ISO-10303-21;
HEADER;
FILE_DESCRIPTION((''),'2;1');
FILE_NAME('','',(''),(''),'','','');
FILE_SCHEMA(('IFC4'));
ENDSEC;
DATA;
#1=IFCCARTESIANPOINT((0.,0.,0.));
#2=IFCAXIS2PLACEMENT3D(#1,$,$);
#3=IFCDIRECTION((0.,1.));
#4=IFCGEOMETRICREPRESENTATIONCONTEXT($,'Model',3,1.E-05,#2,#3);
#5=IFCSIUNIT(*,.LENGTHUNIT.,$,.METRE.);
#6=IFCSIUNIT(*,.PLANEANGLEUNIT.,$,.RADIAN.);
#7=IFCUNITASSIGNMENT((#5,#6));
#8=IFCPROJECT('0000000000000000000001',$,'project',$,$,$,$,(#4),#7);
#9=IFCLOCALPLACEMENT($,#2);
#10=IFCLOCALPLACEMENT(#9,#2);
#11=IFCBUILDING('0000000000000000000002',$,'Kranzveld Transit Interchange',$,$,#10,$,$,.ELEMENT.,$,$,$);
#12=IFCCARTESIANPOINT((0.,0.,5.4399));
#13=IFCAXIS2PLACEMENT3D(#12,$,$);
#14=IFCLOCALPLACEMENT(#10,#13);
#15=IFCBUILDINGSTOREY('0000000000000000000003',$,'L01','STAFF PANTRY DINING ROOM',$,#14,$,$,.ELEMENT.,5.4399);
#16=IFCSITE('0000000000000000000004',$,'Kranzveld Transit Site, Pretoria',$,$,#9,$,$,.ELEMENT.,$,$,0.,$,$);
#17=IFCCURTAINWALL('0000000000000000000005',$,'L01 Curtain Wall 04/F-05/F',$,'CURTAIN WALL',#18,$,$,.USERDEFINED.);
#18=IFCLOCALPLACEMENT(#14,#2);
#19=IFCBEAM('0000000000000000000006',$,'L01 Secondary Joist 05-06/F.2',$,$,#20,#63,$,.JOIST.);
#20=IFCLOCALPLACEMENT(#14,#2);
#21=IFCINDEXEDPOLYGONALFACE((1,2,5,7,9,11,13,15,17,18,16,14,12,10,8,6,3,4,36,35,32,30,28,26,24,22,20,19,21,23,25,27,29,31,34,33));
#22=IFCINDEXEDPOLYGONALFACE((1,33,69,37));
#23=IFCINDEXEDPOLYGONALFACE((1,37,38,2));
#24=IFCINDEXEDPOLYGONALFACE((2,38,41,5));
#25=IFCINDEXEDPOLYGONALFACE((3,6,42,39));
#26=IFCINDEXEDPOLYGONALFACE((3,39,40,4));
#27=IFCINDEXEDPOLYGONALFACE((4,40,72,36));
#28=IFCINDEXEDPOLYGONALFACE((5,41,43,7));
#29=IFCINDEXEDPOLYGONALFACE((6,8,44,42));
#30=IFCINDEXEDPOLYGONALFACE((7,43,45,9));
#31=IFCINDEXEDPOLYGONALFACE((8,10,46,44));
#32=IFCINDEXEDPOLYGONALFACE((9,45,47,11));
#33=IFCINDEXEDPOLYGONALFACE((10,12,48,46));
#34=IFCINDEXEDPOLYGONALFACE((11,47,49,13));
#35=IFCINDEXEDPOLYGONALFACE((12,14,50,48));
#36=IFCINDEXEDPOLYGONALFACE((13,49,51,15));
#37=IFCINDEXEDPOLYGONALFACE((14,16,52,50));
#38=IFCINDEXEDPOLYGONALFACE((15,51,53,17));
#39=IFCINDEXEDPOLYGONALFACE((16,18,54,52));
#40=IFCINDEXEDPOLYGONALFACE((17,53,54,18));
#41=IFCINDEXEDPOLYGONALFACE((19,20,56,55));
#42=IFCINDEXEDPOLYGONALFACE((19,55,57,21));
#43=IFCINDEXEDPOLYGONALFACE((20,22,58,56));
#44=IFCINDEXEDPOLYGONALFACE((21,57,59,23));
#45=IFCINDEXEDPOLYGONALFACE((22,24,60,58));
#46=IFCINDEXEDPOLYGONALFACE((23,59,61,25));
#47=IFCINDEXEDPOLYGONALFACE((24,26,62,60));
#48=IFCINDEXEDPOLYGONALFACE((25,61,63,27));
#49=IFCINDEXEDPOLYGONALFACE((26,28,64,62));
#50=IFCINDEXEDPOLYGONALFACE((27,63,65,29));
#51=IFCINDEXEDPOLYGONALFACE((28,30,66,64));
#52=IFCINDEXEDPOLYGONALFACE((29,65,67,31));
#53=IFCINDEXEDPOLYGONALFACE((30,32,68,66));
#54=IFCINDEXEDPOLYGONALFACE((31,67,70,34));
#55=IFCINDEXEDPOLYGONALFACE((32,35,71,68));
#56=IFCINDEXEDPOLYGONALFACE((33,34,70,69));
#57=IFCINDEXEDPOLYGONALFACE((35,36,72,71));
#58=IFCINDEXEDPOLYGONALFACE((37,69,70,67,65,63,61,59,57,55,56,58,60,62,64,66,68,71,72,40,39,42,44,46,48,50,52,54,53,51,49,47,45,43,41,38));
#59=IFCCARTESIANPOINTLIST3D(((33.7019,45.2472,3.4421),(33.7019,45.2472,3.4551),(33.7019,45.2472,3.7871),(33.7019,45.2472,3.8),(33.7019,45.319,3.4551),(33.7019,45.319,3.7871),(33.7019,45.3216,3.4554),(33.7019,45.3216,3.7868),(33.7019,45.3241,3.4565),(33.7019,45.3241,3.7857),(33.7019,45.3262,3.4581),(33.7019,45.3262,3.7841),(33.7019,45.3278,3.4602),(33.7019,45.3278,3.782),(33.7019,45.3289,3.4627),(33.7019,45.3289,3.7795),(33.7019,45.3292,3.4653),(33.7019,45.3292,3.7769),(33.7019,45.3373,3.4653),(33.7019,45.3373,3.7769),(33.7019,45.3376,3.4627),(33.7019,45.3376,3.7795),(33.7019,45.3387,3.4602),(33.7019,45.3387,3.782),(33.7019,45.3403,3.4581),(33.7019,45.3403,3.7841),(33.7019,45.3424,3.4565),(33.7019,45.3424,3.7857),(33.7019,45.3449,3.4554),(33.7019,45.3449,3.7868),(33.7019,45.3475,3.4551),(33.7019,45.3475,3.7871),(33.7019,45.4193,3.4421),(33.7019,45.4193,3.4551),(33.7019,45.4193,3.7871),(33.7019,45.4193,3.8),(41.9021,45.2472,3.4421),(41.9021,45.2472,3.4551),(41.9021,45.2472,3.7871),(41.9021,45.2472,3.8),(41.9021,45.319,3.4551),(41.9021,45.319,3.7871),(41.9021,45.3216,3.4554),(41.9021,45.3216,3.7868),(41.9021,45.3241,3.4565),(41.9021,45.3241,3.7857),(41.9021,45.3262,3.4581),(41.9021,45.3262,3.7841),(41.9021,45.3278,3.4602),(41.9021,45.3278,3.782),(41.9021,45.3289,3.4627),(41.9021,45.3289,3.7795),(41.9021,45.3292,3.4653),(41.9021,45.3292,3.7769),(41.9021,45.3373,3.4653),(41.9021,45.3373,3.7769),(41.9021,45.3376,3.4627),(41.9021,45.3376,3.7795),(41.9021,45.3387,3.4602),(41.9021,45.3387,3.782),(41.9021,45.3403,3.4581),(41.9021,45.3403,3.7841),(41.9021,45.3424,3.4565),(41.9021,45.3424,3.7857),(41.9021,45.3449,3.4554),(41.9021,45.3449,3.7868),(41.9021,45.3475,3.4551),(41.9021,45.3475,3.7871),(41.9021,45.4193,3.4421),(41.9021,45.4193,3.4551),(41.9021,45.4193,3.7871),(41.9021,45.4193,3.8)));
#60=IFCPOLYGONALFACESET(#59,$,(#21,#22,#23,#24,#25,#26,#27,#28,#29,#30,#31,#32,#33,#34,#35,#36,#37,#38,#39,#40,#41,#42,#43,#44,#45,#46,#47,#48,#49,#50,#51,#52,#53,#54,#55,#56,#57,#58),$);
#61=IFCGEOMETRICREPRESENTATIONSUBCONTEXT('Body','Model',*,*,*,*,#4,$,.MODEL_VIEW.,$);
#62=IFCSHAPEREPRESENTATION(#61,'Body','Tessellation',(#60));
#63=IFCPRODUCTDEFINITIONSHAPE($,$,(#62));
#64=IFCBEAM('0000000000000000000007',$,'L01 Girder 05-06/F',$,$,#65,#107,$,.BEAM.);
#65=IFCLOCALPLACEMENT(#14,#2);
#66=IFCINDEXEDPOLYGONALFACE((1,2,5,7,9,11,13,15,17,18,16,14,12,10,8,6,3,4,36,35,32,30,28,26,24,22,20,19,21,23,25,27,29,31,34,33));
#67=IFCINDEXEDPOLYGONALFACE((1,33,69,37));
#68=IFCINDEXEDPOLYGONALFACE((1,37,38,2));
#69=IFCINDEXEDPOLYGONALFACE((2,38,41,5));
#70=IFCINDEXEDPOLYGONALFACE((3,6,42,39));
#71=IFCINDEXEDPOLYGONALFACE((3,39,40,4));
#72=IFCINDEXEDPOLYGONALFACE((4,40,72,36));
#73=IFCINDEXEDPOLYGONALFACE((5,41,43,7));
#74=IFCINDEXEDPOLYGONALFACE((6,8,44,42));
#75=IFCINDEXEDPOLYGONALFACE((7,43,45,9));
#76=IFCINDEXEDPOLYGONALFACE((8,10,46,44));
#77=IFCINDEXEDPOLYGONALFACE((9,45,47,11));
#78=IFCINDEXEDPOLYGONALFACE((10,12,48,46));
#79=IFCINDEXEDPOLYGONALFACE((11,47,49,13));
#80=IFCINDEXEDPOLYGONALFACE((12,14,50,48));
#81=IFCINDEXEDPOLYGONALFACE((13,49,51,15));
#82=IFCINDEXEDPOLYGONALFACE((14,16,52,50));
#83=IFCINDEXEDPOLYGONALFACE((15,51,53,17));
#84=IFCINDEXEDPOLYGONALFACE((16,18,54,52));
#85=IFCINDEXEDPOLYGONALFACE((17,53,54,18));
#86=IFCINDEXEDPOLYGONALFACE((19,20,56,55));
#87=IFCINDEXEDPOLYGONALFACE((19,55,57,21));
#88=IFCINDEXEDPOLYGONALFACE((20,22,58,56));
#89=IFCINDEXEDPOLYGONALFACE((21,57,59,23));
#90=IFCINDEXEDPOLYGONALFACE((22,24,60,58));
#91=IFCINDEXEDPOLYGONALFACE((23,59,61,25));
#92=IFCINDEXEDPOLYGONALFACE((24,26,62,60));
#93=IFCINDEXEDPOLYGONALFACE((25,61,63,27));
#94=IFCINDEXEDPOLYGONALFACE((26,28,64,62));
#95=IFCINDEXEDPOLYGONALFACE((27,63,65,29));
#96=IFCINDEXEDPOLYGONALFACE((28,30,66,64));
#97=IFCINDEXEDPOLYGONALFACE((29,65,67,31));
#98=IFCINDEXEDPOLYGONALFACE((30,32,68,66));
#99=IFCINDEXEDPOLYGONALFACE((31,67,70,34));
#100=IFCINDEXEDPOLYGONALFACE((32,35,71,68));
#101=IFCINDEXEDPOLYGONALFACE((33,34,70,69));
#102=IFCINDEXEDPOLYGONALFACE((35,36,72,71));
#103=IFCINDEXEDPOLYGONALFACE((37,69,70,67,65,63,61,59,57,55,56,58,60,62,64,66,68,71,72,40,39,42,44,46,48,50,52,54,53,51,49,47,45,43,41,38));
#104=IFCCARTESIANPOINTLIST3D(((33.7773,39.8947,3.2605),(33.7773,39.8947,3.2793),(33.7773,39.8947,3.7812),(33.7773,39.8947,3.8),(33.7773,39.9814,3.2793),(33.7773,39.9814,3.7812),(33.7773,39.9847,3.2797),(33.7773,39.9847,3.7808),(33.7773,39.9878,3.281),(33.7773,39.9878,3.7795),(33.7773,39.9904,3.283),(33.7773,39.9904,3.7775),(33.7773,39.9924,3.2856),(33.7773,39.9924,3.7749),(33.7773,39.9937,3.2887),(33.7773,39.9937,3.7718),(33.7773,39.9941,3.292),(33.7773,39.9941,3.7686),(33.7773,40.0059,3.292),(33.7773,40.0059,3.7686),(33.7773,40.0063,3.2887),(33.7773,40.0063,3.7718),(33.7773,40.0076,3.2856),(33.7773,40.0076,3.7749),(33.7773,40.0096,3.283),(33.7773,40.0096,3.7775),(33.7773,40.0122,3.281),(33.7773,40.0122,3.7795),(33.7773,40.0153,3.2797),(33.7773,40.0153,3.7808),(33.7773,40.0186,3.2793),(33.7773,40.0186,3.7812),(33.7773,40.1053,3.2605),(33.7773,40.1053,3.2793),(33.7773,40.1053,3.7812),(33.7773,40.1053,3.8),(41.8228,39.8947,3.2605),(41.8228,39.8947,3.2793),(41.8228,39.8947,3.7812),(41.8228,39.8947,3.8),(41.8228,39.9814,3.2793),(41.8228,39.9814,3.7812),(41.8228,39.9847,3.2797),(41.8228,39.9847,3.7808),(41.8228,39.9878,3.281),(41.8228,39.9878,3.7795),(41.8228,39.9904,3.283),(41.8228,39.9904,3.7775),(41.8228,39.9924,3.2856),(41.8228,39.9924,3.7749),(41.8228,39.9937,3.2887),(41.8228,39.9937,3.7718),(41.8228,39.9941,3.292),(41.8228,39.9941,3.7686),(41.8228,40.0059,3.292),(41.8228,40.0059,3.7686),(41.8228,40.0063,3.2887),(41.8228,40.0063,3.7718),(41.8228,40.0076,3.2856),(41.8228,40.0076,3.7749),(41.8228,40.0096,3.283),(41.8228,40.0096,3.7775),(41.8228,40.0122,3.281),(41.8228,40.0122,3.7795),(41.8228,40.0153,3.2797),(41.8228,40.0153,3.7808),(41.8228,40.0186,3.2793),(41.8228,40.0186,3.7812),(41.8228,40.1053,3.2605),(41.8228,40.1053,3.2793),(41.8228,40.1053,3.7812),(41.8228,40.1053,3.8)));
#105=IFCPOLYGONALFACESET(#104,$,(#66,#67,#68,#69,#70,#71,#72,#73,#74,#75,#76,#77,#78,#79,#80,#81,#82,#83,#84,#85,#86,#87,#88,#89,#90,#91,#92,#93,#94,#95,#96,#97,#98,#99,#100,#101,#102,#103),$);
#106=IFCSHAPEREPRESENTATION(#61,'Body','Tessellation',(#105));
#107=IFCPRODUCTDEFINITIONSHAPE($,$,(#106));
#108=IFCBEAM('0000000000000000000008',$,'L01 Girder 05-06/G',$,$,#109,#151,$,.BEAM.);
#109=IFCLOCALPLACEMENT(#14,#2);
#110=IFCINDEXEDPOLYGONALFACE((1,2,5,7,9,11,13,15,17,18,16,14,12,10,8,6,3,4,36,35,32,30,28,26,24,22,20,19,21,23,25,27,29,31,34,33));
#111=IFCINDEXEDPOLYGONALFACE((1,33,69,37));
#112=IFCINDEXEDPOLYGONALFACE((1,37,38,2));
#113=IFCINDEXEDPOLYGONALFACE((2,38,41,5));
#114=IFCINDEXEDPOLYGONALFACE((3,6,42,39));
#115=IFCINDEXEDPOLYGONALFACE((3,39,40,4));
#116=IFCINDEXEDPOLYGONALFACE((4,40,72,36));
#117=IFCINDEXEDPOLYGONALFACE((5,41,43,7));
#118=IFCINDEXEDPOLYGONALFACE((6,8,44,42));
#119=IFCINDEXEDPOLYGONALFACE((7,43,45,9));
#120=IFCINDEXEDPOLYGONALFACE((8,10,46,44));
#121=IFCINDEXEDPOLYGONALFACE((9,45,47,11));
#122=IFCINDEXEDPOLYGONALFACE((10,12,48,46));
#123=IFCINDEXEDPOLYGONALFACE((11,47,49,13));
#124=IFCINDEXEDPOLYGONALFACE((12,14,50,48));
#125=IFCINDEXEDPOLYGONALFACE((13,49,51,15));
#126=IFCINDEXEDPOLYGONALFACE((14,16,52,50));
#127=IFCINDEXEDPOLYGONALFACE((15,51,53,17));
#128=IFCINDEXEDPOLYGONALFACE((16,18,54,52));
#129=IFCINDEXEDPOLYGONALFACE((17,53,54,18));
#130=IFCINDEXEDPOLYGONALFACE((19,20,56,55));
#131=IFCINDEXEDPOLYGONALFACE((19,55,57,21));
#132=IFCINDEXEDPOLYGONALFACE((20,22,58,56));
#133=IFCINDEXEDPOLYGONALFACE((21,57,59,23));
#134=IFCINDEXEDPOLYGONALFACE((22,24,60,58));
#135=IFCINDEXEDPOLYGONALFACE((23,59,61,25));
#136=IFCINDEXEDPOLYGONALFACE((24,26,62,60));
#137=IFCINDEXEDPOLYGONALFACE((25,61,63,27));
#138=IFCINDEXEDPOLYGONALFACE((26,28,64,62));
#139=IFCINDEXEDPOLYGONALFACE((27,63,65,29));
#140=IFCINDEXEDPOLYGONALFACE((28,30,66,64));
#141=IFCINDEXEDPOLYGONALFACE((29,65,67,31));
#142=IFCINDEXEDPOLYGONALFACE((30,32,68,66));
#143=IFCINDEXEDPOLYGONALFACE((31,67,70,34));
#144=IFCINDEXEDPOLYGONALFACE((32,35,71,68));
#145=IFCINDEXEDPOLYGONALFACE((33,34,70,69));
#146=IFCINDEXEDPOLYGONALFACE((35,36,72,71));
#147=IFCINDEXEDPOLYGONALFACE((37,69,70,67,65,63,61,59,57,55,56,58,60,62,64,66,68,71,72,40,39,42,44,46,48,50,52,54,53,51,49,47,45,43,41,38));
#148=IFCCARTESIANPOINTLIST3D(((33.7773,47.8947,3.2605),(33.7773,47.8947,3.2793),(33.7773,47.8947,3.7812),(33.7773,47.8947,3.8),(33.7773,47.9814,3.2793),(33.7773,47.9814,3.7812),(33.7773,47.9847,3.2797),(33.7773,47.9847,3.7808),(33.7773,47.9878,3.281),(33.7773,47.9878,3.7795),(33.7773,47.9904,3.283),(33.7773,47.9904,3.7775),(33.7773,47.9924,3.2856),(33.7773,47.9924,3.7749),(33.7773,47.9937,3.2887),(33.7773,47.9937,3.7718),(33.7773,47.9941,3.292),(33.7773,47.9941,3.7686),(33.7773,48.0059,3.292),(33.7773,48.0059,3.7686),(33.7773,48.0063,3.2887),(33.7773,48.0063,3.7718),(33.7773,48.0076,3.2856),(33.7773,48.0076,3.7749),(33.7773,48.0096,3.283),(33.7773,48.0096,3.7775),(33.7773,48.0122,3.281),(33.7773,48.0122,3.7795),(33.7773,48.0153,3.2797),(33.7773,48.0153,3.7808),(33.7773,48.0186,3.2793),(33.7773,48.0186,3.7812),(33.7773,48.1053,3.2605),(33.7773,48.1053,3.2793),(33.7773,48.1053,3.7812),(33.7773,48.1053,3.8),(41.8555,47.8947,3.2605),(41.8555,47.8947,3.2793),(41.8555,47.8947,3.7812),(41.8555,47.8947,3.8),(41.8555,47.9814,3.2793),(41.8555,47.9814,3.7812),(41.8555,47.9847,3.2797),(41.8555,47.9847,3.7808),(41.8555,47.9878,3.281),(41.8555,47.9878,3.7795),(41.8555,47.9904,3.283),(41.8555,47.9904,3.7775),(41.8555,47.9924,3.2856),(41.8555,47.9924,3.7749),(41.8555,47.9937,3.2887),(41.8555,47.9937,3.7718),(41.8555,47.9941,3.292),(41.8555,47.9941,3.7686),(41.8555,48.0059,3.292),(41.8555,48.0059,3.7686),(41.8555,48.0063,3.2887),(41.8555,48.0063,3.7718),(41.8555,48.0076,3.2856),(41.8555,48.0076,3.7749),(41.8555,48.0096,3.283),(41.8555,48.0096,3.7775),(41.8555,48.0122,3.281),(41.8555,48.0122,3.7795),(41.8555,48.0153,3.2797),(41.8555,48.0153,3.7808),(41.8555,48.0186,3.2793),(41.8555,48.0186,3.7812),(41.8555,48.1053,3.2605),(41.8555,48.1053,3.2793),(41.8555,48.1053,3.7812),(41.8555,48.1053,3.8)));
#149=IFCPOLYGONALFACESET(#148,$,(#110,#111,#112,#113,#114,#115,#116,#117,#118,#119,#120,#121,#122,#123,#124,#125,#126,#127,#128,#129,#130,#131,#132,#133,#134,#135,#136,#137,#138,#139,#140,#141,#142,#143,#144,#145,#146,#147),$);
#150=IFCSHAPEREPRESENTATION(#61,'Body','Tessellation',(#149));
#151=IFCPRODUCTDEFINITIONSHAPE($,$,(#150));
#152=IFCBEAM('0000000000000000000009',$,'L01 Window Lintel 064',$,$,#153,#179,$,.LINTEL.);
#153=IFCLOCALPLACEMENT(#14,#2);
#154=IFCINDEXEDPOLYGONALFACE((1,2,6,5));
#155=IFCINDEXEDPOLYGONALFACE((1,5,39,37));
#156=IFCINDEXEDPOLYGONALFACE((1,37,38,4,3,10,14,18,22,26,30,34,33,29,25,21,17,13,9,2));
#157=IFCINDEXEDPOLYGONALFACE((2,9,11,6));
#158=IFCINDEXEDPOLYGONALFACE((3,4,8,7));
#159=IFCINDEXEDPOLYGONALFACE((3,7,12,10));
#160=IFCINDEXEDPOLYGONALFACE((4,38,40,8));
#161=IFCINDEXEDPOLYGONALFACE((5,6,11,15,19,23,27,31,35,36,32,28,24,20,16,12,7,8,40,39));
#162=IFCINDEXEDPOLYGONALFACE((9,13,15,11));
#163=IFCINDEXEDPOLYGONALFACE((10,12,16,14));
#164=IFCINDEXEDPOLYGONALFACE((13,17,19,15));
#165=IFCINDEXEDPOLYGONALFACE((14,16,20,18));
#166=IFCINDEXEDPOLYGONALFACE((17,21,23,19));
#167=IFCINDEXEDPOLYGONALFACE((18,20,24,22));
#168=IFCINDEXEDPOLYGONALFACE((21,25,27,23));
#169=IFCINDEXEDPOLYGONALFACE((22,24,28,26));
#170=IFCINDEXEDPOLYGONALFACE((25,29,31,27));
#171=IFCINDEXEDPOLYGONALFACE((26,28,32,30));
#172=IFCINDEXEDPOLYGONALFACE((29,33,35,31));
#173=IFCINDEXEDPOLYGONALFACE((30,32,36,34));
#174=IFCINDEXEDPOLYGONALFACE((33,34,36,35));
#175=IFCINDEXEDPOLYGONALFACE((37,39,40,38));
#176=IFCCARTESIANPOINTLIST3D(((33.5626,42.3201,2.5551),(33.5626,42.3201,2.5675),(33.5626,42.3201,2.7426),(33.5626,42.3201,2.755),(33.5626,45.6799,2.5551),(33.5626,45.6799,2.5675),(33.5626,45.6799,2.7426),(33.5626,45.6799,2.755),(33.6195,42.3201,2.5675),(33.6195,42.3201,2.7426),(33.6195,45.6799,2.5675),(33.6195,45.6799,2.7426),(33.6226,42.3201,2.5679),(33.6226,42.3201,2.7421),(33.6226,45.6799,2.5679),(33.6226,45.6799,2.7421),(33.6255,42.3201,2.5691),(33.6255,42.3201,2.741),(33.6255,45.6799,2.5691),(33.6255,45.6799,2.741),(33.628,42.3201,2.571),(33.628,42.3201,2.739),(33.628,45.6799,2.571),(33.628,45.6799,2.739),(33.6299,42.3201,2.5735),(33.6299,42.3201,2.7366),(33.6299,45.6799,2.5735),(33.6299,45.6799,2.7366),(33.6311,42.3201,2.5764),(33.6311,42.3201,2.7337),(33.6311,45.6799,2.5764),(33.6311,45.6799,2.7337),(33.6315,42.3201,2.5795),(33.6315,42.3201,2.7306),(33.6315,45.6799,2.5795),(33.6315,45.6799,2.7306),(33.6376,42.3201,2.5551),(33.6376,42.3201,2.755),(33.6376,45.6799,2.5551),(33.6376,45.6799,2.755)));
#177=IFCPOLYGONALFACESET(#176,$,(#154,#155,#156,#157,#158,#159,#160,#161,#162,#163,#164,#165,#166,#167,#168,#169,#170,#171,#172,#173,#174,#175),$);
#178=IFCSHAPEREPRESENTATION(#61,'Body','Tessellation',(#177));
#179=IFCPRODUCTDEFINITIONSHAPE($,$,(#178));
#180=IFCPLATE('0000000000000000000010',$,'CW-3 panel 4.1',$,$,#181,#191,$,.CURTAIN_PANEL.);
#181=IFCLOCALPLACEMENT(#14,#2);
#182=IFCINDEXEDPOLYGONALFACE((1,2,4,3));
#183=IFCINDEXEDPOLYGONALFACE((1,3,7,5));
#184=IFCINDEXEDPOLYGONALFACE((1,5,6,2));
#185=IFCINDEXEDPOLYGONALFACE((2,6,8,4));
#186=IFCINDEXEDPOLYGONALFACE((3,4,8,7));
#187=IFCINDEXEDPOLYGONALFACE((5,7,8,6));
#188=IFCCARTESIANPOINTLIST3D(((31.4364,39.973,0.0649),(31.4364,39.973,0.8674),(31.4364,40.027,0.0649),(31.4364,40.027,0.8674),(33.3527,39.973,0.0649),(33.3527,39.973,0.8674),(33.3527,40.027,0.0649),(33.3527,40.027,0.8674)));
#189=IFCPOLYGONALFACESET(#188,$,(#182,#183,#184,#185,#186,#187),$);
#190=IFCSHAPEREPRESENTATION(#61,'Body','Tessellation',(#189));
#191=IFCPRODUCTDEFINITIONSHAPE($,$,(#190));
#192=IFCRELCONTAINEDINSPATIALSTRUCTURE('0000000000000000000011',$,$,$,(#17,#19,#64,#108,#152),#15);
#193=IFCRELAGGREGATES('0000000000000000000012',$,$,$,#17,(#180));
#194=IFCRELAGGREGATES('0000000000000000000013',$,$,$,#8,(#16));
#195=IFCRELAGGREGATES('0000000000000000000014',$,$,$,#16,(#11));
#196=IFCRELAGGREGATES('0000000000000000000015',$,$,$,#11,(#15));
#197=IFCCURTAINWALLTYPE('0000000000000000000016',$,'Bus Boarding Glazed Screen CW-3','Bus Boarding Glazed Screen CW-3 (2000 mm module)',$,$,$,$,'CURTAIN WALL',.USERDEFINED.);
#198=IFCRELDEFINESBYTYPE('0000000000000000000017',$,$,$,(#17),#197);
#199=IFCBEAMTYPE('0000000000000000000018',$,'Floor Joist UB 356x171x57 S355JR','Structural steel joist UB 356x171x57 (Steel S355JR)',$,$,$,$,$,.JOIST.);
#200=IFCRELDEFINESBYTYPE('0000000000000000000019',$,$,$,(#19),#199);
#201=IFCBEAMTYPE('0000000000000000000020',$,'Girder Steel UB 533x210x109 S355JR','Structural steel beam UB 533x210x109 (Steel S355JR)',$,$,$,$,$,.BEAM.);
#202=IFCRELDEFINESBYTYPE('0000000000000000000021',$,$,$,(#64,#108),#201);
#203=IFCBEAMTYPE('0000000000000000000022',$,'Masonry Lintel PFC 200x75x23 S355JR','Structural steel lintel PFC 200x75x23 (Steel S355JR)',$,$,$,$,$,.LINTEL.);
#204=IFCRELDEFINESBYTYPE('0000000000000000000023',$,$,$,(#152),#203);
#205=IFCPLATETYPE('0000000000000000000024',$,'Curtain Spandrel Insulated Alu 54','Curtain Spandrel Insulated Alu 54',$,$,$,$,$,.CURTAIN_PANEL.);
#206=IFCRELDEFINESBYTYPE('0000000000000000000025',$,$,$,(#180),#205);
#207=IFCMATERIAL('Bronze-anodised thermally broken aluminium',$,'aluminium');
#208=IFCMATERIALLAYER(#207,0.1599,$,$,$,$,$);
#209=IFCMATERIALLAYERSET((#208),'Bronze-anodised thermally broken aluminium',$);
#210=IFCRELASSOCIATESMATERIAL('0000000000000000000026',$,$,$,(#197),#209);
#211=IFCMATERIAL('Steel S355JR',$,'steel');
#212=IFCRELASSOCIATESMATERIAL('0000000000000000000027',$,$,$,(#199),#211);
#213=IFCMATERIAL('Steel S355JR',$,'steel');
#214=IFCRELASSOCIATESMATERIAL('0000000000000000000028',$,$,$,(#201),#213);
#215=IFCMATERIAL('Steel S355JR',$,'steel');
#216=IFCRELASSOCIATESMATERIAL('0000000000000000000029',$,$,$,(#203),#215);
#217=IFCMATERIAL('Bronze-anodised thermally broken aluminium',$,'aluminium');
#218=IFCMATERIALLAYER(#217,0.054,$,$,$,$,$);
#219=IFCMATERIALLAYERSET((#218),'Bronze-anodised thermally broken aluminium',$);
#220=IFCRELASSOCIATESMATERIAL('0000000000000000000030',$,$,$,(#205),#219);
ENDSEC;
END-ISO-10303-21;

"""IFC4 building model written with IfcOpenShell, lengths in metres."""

from ifc_helpers import new_model, si_unit, direction, frame, origin, origin_2d, place, context, subcontext, project, spatial, rectangle, i_section, u_section, extrude, material, layer, layer_set, material_profile, profile_set, type_object, element, aggregate, save


model = new_model("IFC4")

# Units and contexts
model_context = context("Model", 3, precision=1e-05, world=origin(), true_north=direction((0.0, 1.0)))
body_context = subcontext(model_context, "Body", "Model", "MODEL_VIEW")
ifc_project = project(units=[si_unit("LENGTHUNIT", "METRE"), si_unit("PLANEANGLEUNIT", "RADIAN")], contexts=[model_context])

# Site, building, storey
site_placement = place(None, origin())
site = spatial("IfcSite", under=ifc_project, at=site_placement, Name="Kranzveld Transit Site, Pretoria", CompositionType="ELEMENT", RefElevation=0.0)
building_placement = place(site_placement, origin())
building = spatial("IfcBuilding", under=site, at=building_placement, Name="Kranzveld Transit Interchange", CompositionType="ELEMENT")
storey_placement = place(building_placement, frame((0.0, 0.0, 5.4399)))
storey = spatial("IfcBuildingStorey", under=building, at=storey_placement, Name="L01", Description="STAFF PANTRY DINING ROOM", CompositionType="ELEMENT", Elevation=5.4399)

# Curtain wall
ifc_material_1 = material(Name="Bronze-anodised thermally broken aluminium", Category="aluminium")
ifc_layer_1 = layer(ifc_material_1, 0.1599)
ifc_layer_set_1 = layer_set([ifc_layer_1], Name="Bronze-anodised thermally broken aluminium")
curtain_wall_type = type_object("IfcCurtainWallType", Name="Bus Boarding Glazed Screen CW-3", Description="Bus Boarding Glazed Screen CW-3 (2000 mm module)", ElementType="CURTAIN WALL", PredefinedType="USERDEFINED", material=ifc_layer_set_1)
curtain_wall_placement = place(storey_placement, origin())
curtain_wall = element("IfcCurtainWall", 1, at=curtain_wall_placement, inside=storey, type_object=curtain_wall_type, Name="L01 Curtain Wall 04/F-05/F", ObjectType="CURTAIN WALL", PredefinedType="USERDEFINED")

# Beams
ifc_material_2 = material(Name="Steel S355JR", Category="steel")
ifc_material_profile_1 = material_profile(ifc_material_2, i_section(OverallWidth=0.1721, OverallDepth=0.3579, WebThickness=0.0081, FlangeThickness=0.0129, FilletRadius=0.0103, at=origin_2d()), Name="UB 356x171x57")
ifc_profile_set_1 = profile_set([ifc_material_profile_1], Name="Steel S355JR")
beam_type_1 = type_object("IfcBeamType", Name="Floor Joist UB 356x171x57 S355JR", Description="Structural steel joist UB 356x171x57 (Steel S355JR)", PredefinedType="JOIST", material=ifc_profile_set_1)
for number, where, z_axis, x_axis, name in (
    (2, (33.7019, 45.3333, 3.6211), (1.0, 0.0, 0.0), (0.0, 1.0, 0.0), "L01 Secondary Joist 05-06/F.2"),
):
    element("IfcBeam", number, at=place(storey_placement, frame(where, z_axis=z_axis, x_axis=x_axis)), inside=storey, type_object=beam_type_1, Name=name, PredefinedType="JOIST", context=body_context, shape_type="SweptSolid", body=[
        extrude(i_section(OverallWidth=0.1721, OverallDepth=0.3579, WebThickness=0.0081, FlangeThickness=0.0129, FilletRadius=0.0103, at=origin_2d()), origin(), (0.0, 0.0, 1.0), 8.2002),
    ])
ifc_material_3 = material(Name="Steel S355JR", Category="steel")
ifc_material_profile_2 = material_profile(ifc_material_3, i_section(OverallWidth=0.2107, OverallDepth=0.5396, WebThickness=0.0117, FlangeThickness=0.0188, FilletRadius=0.0127, at=origin_2d()), Name="UB 533x210x109")
ifc_profile_set_2 = profile_set([ifc_material_profile_2], Name="Steel S355JR")
beam_type_2 = type_object("IfcBeamType", Name="Girder Steel UB 533x210x109 S355JR", Description="Structural steel beam UB 533x210x109 (Steel S355JR)", PredefinedType="BEAM", material=ifc_profile_set_2)
beam_1_placement = place(storey_placement, frame((33.7773, 40.0, 3.5303), z_axis=(1.0, 0.0, 0.0), x_axis=(0.0, 1.0, 0.0)))
element("IfcBeam", 3, at=beam_1_placement, inside=storey, type_object=beam_type_2, Name="L01 Girder 05-06/F", PredefinedType="BEAM", context=body_context, shape_type="SweptSolid", body=[
    extrude(i_section(OverallWidth=0.2107, OverallDepth=0.5396, WebThickness=0.0117, FlangeThickness=0.0188, FilletRadius=0.0127, at=origin_2d()), origin(), (0.0, 0.0, 1.0), 8.0454),
])
beam_2_placement = place(storey_placement, frame((33.7773, 48.0, 3.5303), z_axis=(1.0, 0.0, 0.0), x_axis=(0.0, 1.0, 0.0)))
element("IfcBeam", 4, at=beam_2_placement, inside=storey, type_object=beam_type_2, Name="L01 Girder 05-06/G", PredefinedType="BEAM", context=body_context, shape_type="SweptSolid", body=[
    extrude(i_section(OverallWidth=0.2107, OverallDepth=0.5396, WebThickness=0.0117, FlangeThickness=0.0188, FilletRadius=0.0127, at=origin_2d()), origin(), (0.0, 0.0, 1.0), 8.0781),
])
ifc_material_4 = material(Name="Steel S355JR", Category="steel")
ifc_material_profile_3 = material_profile(ifc_material_4, u_section(Depth=0.2, FlangeWidth=0.075, WebThickness=0.0061, FlangeThickness=0.0125, FilletRadius=0.012, at=origin_2d()), Name="PFC 200x75x23")
ifc_profile_set_3 = profile_set([ifc_material_profile_3], Name="Steel S355JR")
beam_type_3 = type_object("IfcBeamType", Name="Masonry Lintel PFC 200x75x23 S355JR", Description="Structural steel lintel PFC 200x75x23 (Steel S355JR)", PredefinedType="LINTEL", material=ifc_profile_set_3)
beam_3_placement = place(storey_placement, frame((33.6001, 42.3201, 2.655), z_axis=(0.0, 1.0, 0.0), x_axis=(-1.0, 0.0, 0.0)))
element("IfcBeam", 5, at=beam_3_placement, inside=storey, type_object=beam_type_3, Name="L01 Window Lintel 064", PredefinedType="LINTEL", context=body_context, shape_type="SweptSolid", body=[
    extrude(u_section(Depth=0.2, FlangeWidth=0.075, WebThickness=0.0061, FlangeThickness=0.0125, FilletRadius=0.012, at=origin_2d()), origin(), (0.0, 0.0, 1.0), 3.3599),
])

# Plate
ifc_material_5 = material(Name="Bronze-anodised thermally broken aluminium", Category="aluminium")
ifc_layer_2 = layer(ifc_material_5, 0.054)
ifc_layer_set_2 = layer_set([ifc_layer_2], Name="Bronze-anodised thermally broken aluminium")
plate_type = type_object("IfcPlateType", Name="Curtain Spandrel Insulated Alu 54", Description="Curtain Spandrel Insulated Alu 54", PredefinedType="CURTAIN_PANEL", material=ifc_layer_set_2)
plate_1_placement = place(storey_placement, frame((32.3945, 40.0, 0.0649), z_axis=(0.0, 0.0, 1.0), x_axis=(1.0, 0.0, 0.0)))
plate_1 = element("IfcPlate", 6, at=plate_1_placement, type_object=plate_type, Name="CW-3 panel 4.1", PredefinedType="CURTAIN_PANEL", context=body_context, shape_type="SweptSolid", body=[
    extrude(rectangle(XDim=1.9163, YDim=0.054, at=origin_2d()), origin(), (0.0, 0.0, 1.0), 0.8025),
])
aggregate(curtain_wall, [plate_1])

save(model, "model.ifc")
